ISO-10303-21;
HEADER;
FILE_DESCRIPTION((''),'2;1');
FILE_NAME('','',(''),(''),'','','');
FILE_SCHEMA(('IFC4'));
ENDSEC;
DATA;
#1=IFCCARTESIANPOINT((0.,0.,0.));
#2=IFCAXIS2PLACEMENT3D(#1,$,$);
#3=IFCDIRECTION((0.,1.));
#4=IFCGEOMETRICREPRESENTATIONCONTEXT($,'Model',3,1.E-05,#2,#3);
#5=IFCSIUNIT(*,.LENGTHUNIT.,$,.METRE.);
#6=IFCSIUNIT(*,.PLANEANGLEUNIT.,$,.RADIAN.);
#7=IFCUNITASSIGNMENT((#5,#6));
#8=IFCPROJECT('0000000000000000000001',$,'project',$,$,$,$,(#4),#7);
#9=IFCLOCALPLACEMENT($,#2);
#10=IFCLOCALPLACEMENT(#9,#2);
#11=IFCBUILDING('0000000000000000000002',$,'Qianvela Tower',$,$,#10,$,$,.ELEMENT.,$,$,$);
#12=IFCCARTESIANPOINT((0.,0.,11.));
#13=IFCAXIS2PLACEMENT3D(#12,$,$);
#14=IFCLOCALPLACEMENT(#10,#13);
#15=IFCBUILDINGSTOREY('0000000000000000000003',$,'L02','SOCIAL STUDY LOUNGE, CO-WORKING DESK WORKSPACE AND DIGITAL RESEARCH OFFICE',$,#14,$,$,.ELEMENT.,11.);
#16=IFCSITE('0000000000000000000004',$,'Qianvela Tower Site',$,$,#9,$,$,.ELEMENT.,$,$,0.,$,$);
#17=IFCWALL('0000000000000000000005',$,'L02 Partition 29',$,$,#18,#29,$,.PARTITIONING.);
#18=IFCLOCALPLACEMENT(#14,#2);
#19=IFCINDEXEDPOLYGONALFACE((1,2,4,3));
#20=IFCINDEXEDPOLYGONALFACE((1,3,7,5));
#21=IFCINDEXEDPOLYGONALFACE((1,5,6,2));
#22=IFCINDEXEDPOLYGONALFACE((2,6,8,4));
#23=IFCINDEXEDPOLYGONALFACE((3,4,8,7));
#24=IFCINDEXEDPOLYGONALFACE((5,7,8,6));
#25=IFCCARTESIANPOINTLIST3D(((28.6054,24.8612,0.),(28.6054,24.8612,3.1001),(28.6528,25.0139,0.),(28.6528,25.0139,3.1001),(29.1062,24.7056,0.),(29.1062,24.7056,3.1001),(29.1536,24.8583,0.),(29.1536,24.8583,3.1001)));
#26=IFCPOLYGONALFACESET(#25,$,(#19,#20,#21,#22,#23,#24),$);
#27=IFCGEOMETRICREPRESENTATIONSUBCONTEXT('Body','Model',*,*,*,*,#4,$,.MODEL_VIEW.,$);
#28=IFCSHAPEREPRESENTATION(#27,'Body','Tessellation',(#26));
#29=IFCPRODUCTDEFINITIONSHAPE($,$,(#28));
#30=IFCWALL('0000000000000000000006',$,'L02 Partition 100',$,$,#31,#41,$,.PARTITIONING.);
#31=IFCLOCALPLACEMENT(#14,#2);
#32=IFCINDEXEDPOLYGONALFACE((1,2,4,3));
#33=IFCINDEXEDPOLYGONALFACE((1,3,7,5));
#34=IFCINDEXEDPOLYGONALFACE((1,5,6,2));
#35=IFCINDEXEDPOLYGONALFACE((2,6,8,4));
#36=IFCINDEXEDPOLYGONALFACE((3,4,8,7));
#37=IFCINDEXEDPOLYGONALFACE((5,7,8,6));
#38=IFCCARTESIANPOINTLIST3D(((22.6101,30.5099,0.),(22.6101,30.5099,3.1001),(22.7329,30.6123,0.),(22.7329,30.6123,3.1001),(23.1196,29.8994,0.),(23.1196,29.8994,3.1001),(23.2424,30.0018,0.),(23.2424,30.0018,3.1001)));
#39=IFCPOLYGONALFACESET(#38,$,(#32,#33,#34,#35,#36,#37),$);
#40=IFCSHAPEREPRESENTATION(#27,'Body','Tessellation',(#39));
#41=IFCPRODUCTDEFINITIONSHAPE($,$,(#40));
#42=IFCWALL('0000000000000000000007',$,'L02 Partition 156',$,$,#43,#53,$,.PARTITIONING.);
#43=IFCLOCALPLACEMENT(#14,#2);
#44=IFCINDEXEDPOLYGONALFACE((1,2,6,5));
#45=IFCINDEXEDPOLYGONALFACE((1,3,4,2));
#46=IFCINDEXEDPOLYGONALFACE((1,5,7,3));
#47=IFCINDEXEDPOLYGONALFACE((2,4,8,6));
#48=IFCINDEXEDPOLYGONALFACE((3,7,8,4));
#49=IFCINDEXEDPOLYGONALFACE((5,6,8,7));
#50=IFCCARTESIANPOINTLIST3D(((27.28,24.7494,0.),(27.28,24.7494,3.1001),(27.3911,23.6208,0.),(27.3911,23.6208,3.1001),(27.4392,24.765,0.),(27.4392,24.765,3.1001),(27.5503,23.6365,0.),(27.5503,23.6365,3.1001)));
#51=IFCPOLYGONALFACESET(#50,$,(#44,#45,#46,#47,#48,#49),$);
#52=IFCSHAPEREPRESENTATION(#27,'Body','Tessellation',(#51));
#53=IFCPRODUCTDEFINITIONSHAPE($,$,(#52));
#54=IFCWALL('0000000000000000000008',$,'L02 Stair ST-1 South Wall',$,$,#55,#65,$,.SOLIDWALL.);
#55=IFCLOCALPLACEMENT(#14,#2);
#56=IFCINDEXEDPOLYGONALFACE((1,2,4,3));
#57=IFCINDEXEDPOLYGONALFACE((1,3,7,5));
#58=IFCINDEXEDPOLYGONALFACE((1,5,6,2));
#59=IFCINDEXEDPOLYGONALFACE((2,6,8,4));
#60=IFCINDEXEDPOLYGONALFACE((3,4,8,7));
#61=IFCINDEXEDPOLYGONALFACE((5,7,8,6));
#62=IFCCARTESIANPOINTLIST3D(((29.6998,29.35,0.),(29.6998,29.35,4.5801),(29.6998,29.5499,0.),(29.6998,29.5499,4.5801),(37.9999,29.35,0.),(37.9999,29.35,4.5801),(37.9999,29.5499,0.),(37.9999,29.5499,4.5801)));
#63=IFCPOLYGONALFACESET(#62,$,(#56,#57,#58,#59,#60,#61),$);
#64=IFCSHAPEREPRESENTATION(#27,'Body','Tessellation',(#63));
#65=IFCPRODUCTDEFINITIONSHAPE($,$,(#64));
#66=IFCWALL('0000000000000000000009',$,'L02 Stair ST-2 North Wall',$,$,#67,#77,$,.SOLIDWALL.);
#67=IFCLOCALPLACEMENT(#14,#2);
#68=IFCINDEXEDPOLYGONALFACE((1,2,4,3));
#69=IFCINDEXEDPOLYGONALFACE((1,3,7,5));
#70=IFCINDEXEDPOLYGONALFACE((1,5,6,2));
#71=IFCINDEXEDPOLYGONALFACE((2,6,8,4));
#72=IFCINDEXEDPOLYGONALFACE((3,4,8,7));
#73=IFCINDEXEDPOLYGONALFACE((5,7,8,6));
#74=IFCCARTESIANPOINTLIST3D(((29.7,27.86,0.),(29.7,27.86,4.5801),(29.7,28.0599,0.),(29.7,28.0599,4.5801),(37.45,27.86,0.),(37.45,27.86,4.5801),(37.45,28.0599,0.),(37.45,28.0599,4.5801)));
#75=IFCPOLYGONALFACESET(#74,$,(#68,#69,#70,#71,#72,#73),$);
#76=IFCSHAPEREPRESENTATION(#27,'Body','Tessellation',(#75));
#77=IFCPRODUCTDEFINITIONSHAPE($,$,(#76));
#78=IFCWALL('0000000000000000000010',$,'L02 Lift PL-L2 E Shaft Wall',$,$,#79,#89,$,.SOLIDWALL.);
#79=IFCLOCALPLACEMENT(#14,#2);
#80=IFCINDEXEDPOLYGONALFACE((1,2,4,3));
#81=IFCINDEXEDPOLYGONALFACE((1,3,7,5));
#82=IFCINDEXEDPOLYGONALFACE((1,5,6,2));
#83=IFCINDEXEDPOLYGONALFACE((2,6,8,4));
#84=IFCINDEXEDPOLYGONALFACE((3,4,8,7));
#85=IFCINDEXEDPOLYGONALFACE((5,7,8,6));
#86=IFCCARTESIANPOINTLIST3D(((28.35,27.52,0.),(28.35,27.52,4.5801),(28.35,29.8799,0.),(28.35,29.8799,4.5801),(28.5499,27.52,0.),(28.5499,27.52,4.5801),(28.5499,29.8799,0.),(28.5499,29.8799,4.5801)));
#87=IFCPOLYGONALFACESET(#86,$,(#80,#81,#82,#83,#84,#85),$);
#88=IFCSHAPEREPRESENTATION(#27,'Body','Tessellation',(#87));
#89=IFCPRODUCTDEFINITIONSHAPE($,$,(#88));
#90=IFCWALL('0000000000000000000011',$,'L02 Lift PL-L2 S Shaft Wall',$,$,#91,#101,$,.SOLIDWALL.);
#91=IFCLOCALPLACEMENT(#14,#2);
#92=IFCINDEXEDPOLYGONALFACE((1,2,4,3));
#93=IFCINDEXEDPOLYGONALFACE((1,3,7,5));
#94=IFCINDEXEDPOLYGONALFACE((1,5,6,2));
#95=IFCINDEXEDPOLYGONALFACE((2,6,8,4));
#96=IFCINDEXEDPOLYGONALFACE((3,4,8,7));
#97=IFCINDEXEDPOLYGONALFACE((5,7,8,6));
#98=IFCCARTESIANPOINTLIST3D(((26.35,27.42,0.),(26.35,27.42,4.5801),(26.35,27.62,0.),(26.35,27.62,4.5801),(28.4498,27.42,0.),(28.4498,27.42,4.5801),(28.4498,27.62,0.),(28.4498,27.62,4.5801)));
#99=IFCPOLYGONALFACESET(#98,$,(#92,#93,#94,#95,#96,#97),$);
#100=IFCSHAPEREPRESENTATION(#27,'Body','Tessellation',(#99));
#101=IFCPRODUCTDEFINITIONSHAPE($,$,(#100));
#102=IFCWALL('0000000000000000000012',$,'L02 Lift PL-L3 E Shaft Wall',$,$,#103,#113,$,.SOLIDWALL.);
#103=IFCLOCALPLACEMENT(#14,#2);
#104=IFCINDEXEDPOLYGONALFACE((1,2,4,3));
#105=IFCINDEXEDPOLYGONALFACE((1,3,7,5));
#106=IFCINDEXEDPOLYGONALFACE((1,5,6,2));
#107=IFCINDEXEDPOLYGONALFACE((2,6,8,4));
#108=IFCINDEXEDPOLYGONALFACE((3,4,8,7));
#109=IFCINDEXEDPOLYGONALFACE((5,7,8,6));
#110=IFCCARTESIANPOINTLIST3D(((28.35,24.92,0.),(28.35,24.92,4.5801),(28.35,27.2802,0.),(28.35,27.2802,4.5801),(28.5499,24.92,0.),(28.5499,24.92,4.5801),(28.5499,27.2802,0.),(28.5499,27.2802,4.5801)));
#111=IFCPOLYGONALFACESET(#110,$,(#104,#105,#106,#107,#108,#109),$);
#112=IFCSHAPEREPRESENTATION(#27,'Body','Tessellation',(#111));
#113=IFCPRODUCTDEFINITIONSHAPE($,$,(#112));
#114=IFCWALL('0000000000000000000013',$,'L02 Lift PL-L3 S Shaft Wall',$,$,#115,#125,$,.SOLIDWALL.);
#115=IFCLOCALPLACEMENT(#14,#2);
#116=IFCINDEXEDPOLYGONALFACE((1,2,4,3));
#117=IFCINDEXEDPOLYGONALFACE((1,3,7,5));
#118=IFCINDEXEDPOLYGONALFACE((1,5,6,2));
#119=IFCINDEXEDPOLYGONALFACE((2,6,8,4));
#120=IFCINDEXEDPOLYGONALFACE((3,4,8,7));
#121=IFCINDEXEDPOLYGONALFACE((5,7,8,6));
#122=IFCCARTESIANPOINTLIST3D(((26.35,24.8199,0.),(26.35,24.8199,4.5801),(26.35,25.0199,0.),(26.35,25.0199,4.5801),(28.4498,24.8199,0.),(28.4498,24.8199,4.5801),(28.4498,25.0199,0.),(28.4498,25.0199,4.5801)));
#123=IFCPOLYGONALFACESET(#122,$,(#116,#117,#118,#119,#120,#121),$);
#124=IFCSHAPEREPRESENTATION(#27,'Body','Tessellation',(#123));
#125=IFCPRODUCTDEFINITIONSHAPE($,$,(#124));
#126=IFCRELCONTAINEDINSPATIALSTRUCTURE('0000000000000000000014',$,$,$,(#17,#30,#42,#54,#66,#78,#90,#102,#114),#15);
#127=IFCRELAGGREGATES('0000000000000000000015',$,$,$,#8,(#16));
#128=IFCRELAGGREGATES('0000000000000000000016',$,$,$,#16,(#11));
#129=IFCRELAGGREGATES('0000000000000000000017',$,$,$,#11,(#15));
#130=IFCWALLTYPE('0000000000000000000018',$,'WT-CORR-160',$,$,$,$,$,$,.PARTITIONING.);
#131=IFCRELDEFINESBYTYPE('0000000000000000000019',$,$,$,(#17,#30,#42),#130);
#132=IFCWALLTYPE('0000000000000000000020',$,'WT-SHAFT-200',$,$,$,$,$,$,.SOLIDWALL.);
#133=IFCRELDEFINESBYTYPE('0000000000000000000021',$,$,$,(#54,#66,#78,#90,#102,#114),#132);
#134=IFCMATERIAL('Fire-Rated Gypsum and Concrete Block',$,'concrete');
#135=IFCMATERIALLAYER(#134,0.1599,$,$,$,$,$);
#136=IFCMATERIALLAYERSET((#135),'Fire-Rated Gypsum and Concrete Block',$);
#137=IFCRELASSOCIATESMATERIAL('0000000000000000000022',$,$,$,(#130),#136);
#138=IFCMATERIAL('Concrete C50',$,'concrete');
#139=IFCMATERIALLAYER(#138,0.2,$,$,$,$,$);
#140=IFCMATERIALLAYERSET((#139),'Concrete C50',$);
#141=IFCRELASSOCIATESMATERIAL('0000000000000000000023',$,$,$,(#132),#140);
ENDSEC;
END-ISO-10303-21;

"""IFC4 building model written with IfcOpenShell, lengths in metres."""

from ifc_helpers import new_model, si_unit, direction, frame, frame_2d, origin, place, context, subcontext, project, spatial, rectangle, extrude, material, layer, layer_set, type_object, element, save


model = new_model("IFC4")

# Units and contexts
model_context = context("Model", 3, precision=1e-05, world=origin(), true_north=direction((0.0, 1.0)))
body_context = subcontext(model_context, "Body", "Model", "MODEL_VIEW")
ifc_project = project(units=[si_unit("LENGTHUNIT", "METRE"), si_unit("PLANEANGLEUNIT", "RADIAN")], contexts=[model_context])

# Site, building, storey
site_placement = place(None, origin())
site = spatial("IfcSite", under=ifc_project, at=site_placement, Name="Qianvela Tower Site", CompositionType="ELEMENT", RefElevation=0.0)
building_placement = place(site_placement, origin())
building = spatial("IfcBuilding", under=site, at=building_placement, Name="Qianvela Tower", CompositionType="ELEMENT")
storey_placement = place(building_placement, frame((0.0, 0.0, 11.0)))
storey = spatial("IfcBuildingStorey", under=building, at=storey_placement, Name="L02", Description="SOCIAL STUDY LOUNGE, CO-WORKING DESK WORKSPACE AND DIGITAL RESEARCH OFFICE", CompositionType="ELEMENT", Elevation=11.0)

# Walls
ifc_material_1 = material(Name="Fire-Rated Gypsum and Concrete Block", Category="concrete")
ifc_layer_1 = layer(ifc_material_1, 0.1599)
ifc_layer_set_1 = layer_set([ifc_layer_1], Name="Fire-Rated Gypsum and Concrete Block")
wall_type_1 = type_object("IfcWallType", Name="WT-CORR-160", PredefinedType="PARTITIONING", material=ifc_layer_set_1)
wall_1_placement = place(storey_placement, frame((29.1299, 24.782, 0.0), z_axis=(0.0, 0.0, 1.0), x_axis=(-0.955, 0.296604, 0.0)))
element("IfcWall", 1, at=wall_1_placement, inside=storey, type_object=wall_type_1, Name="L02 Partition 29", PredefinedType="PARTITIONING", context=body_context, shape_type="SweptSolid", body=[
    extrude(rectangle(XDim=0.5244, YDim=0.1599, at=frame_2d((0.2622, 0.0))), origin(), (0.0, 0.0, 1.0), 3.1001),
])
wall_2_placement = place(storey_placement, frame((23.1809, 29.9507, 0.0), z_axis=(0.0, 0.0, 1.0), x_axis=(-0.640698, 0.767793, 0.0)))
element("IfcWall", 2, at=wall_2_placement, inside=storey, type_object=wall_type_1, Name="L02 Partition 100", PredefinedType="PARTITIONING", context=body_context, shape_type="SweptSolid", body=[
    extrude(rectangle(XDim=0.7952, YDim=0.1599, at=frame_2d((0.3975, 0.0))), origin(), (0.0, 0.0, 1.0), 3.1001),
])
wall_3_placement = place(storey_placement, frame((27.3596, 24.7571, 0.0), z_axis=(0.0, 0.0, 1.0), x_axis=(0.097948, -0.995192, 0.0)))
element("IfcWall", 3, at=wall_3_placement, inside=storey, type_object=wall_type_1, Name="L02 Partition 156", PredefinedType="PARTITIONING", context=body_context, shape_type="SweptSolid", body=[
    extrude(rectangle(XDim=1.134, YDim=0.1599, at=frame_2d((0.5669, 0.0))), origin(), (0.0, 0.0, 1.0), 3.1001),
])
ifc_material_2 = material(Name="Concrete C50", Category="concrete")
ifc_layer_2 = layer(ifc_material_2, 0.2)
ifc_layer_set_2 = layer_set([ifc_layer_2], Name="Concrete C50")
wall_type_2 = type_object("IfcWallType", Name="WT-SHAFT-200", PredefinedType="SOLIDWALL", material=ifc_layer_set_2)
wall_4_placement = place(storey_placement, frame((29.7, 29.45, 0.0), z_axis=(0.0, 0.0, 1.0), x_axis=(1.0, 0.0, 0.0)))
element("IfcWall", 4, at=wall_4_placement, inside=storey, type_object=wall_type_2, Name="L02 Stair ST-1 South Wall", PredefinedType="SOLIDWALL", context=body_context, shape_type="SweptSolid", body=[
    extrude(rectangle(XDim=8.3, YDim=0.2, at=frame_2d((4.1499, 0.0))), origin(), (0.0, 0.0, 1.0), 4.5801),
])
wall_5_placement = place(storey_placement, frame((29.7, 27.96, 0.0), z_axis=(0.0, 0.0, 1.0), x_axis=(1.0, 0.0, 0.0)))
element("IfcWall", 5, at=wall_5_placement, inside=storey, type_object=wall_type_2, Name="L02 Stair ST-2 North Wall", PredefinedType="SOLIDWALL", context=body_context, shape_type="SweptSolid", body=[
    extrude(rectangle(XDim=7.75, YDim=0.2, at=frame_2d((3.875, 0.0))), origin(), (0.0, 0.0, 1.0), 4.5801),
])

# Wall
wall_6_placement = place(storey_placement, frame((28.45, 27.52, 0.0), z_axis=(0.0, 0.0, 1.0), x_axis=(0.0, 1.0, 0.0)))
element("IfcWall", 6, at=wall_6_placement, inside=storey, type_object=wall_type_2, Name="L02 Lift PL-L2 E Shaft Wall", PredefinedType="SOLIDWALL", context=body_context, shape_type="SweptSolid", body=[
    extrude(rectangle(XDim=2.3599, YDim=0.2, at=frame_2d((1.1799, 0.0))), origin(), (0.0, 0.0, 1.0), 4.5801),
])

# Walls
wall_7_placement = place(storey_placement, frame((26.3501, 27.52, 0.0), z_axis=(0.0, 0.0, 1.0), x_axis=(1.0, 0.0, 0.0)))
element("IfcWall", 7, at=wall_7_placement, inside=storey, type_object=wall_type_2, Name="L02 Lift PL-L2 S Shaft Wall", PredefinedType="SOLIDWALL", context=body_context, shape_type="SweptSolid", body=[
    extrude(rectangle(XDim=2.0999, YDim=0.2, at=frame_2d((1.0498, 0.0))), origin(), (0.0, 0.0, 1.0), 4.5801),
])
wall_8_placement = place(storey_placement, frame((28.45, 24.9199, 0.0), z_axis=(0.0, 0.0, 1.0), x_axis=(0.0, 1.0, 0.0)))
element("IfcWall", 8, at=wall_8_placement, inside=storey, type_object=wall_type_2, Name="L02 Lift PL-L3 E Shaft Wall", PredefinedType="SOLIDWALL", context=body_context, shape_type="SweptSolid", body=[
    extrude(rectangle(XDim=2.3601, YDim=0.2, at=frame_2d((1.1802, 0.0))), origin(), (0.0, 0.0, 1.0), 4.5801),
])

# Wall
wall_9_placement = place(storey_placement, frame((26.3501, 24.9199, 0.0), z_axis=(0.0, 0.0, 1.0), x_axis=(1.0, 0.0, 0.0)))
element("IfcWall", 9, at=wall_9_placement, inside=storey, type_object=wall_type_2, Name="L02 Lift PL-L3 S Shaft Wall", PredefinedType="SOLIDWALL", context=body_context, shape_type="SweptSolid", body=[
    extrude(rectangle(XDim=2.0999, YDim=0.2, at=frame_2d((1.0498, 0.0))), origin(), (0.0, 0.0, 1.0), 4.5801),
])

save(model, "model.ifc")
